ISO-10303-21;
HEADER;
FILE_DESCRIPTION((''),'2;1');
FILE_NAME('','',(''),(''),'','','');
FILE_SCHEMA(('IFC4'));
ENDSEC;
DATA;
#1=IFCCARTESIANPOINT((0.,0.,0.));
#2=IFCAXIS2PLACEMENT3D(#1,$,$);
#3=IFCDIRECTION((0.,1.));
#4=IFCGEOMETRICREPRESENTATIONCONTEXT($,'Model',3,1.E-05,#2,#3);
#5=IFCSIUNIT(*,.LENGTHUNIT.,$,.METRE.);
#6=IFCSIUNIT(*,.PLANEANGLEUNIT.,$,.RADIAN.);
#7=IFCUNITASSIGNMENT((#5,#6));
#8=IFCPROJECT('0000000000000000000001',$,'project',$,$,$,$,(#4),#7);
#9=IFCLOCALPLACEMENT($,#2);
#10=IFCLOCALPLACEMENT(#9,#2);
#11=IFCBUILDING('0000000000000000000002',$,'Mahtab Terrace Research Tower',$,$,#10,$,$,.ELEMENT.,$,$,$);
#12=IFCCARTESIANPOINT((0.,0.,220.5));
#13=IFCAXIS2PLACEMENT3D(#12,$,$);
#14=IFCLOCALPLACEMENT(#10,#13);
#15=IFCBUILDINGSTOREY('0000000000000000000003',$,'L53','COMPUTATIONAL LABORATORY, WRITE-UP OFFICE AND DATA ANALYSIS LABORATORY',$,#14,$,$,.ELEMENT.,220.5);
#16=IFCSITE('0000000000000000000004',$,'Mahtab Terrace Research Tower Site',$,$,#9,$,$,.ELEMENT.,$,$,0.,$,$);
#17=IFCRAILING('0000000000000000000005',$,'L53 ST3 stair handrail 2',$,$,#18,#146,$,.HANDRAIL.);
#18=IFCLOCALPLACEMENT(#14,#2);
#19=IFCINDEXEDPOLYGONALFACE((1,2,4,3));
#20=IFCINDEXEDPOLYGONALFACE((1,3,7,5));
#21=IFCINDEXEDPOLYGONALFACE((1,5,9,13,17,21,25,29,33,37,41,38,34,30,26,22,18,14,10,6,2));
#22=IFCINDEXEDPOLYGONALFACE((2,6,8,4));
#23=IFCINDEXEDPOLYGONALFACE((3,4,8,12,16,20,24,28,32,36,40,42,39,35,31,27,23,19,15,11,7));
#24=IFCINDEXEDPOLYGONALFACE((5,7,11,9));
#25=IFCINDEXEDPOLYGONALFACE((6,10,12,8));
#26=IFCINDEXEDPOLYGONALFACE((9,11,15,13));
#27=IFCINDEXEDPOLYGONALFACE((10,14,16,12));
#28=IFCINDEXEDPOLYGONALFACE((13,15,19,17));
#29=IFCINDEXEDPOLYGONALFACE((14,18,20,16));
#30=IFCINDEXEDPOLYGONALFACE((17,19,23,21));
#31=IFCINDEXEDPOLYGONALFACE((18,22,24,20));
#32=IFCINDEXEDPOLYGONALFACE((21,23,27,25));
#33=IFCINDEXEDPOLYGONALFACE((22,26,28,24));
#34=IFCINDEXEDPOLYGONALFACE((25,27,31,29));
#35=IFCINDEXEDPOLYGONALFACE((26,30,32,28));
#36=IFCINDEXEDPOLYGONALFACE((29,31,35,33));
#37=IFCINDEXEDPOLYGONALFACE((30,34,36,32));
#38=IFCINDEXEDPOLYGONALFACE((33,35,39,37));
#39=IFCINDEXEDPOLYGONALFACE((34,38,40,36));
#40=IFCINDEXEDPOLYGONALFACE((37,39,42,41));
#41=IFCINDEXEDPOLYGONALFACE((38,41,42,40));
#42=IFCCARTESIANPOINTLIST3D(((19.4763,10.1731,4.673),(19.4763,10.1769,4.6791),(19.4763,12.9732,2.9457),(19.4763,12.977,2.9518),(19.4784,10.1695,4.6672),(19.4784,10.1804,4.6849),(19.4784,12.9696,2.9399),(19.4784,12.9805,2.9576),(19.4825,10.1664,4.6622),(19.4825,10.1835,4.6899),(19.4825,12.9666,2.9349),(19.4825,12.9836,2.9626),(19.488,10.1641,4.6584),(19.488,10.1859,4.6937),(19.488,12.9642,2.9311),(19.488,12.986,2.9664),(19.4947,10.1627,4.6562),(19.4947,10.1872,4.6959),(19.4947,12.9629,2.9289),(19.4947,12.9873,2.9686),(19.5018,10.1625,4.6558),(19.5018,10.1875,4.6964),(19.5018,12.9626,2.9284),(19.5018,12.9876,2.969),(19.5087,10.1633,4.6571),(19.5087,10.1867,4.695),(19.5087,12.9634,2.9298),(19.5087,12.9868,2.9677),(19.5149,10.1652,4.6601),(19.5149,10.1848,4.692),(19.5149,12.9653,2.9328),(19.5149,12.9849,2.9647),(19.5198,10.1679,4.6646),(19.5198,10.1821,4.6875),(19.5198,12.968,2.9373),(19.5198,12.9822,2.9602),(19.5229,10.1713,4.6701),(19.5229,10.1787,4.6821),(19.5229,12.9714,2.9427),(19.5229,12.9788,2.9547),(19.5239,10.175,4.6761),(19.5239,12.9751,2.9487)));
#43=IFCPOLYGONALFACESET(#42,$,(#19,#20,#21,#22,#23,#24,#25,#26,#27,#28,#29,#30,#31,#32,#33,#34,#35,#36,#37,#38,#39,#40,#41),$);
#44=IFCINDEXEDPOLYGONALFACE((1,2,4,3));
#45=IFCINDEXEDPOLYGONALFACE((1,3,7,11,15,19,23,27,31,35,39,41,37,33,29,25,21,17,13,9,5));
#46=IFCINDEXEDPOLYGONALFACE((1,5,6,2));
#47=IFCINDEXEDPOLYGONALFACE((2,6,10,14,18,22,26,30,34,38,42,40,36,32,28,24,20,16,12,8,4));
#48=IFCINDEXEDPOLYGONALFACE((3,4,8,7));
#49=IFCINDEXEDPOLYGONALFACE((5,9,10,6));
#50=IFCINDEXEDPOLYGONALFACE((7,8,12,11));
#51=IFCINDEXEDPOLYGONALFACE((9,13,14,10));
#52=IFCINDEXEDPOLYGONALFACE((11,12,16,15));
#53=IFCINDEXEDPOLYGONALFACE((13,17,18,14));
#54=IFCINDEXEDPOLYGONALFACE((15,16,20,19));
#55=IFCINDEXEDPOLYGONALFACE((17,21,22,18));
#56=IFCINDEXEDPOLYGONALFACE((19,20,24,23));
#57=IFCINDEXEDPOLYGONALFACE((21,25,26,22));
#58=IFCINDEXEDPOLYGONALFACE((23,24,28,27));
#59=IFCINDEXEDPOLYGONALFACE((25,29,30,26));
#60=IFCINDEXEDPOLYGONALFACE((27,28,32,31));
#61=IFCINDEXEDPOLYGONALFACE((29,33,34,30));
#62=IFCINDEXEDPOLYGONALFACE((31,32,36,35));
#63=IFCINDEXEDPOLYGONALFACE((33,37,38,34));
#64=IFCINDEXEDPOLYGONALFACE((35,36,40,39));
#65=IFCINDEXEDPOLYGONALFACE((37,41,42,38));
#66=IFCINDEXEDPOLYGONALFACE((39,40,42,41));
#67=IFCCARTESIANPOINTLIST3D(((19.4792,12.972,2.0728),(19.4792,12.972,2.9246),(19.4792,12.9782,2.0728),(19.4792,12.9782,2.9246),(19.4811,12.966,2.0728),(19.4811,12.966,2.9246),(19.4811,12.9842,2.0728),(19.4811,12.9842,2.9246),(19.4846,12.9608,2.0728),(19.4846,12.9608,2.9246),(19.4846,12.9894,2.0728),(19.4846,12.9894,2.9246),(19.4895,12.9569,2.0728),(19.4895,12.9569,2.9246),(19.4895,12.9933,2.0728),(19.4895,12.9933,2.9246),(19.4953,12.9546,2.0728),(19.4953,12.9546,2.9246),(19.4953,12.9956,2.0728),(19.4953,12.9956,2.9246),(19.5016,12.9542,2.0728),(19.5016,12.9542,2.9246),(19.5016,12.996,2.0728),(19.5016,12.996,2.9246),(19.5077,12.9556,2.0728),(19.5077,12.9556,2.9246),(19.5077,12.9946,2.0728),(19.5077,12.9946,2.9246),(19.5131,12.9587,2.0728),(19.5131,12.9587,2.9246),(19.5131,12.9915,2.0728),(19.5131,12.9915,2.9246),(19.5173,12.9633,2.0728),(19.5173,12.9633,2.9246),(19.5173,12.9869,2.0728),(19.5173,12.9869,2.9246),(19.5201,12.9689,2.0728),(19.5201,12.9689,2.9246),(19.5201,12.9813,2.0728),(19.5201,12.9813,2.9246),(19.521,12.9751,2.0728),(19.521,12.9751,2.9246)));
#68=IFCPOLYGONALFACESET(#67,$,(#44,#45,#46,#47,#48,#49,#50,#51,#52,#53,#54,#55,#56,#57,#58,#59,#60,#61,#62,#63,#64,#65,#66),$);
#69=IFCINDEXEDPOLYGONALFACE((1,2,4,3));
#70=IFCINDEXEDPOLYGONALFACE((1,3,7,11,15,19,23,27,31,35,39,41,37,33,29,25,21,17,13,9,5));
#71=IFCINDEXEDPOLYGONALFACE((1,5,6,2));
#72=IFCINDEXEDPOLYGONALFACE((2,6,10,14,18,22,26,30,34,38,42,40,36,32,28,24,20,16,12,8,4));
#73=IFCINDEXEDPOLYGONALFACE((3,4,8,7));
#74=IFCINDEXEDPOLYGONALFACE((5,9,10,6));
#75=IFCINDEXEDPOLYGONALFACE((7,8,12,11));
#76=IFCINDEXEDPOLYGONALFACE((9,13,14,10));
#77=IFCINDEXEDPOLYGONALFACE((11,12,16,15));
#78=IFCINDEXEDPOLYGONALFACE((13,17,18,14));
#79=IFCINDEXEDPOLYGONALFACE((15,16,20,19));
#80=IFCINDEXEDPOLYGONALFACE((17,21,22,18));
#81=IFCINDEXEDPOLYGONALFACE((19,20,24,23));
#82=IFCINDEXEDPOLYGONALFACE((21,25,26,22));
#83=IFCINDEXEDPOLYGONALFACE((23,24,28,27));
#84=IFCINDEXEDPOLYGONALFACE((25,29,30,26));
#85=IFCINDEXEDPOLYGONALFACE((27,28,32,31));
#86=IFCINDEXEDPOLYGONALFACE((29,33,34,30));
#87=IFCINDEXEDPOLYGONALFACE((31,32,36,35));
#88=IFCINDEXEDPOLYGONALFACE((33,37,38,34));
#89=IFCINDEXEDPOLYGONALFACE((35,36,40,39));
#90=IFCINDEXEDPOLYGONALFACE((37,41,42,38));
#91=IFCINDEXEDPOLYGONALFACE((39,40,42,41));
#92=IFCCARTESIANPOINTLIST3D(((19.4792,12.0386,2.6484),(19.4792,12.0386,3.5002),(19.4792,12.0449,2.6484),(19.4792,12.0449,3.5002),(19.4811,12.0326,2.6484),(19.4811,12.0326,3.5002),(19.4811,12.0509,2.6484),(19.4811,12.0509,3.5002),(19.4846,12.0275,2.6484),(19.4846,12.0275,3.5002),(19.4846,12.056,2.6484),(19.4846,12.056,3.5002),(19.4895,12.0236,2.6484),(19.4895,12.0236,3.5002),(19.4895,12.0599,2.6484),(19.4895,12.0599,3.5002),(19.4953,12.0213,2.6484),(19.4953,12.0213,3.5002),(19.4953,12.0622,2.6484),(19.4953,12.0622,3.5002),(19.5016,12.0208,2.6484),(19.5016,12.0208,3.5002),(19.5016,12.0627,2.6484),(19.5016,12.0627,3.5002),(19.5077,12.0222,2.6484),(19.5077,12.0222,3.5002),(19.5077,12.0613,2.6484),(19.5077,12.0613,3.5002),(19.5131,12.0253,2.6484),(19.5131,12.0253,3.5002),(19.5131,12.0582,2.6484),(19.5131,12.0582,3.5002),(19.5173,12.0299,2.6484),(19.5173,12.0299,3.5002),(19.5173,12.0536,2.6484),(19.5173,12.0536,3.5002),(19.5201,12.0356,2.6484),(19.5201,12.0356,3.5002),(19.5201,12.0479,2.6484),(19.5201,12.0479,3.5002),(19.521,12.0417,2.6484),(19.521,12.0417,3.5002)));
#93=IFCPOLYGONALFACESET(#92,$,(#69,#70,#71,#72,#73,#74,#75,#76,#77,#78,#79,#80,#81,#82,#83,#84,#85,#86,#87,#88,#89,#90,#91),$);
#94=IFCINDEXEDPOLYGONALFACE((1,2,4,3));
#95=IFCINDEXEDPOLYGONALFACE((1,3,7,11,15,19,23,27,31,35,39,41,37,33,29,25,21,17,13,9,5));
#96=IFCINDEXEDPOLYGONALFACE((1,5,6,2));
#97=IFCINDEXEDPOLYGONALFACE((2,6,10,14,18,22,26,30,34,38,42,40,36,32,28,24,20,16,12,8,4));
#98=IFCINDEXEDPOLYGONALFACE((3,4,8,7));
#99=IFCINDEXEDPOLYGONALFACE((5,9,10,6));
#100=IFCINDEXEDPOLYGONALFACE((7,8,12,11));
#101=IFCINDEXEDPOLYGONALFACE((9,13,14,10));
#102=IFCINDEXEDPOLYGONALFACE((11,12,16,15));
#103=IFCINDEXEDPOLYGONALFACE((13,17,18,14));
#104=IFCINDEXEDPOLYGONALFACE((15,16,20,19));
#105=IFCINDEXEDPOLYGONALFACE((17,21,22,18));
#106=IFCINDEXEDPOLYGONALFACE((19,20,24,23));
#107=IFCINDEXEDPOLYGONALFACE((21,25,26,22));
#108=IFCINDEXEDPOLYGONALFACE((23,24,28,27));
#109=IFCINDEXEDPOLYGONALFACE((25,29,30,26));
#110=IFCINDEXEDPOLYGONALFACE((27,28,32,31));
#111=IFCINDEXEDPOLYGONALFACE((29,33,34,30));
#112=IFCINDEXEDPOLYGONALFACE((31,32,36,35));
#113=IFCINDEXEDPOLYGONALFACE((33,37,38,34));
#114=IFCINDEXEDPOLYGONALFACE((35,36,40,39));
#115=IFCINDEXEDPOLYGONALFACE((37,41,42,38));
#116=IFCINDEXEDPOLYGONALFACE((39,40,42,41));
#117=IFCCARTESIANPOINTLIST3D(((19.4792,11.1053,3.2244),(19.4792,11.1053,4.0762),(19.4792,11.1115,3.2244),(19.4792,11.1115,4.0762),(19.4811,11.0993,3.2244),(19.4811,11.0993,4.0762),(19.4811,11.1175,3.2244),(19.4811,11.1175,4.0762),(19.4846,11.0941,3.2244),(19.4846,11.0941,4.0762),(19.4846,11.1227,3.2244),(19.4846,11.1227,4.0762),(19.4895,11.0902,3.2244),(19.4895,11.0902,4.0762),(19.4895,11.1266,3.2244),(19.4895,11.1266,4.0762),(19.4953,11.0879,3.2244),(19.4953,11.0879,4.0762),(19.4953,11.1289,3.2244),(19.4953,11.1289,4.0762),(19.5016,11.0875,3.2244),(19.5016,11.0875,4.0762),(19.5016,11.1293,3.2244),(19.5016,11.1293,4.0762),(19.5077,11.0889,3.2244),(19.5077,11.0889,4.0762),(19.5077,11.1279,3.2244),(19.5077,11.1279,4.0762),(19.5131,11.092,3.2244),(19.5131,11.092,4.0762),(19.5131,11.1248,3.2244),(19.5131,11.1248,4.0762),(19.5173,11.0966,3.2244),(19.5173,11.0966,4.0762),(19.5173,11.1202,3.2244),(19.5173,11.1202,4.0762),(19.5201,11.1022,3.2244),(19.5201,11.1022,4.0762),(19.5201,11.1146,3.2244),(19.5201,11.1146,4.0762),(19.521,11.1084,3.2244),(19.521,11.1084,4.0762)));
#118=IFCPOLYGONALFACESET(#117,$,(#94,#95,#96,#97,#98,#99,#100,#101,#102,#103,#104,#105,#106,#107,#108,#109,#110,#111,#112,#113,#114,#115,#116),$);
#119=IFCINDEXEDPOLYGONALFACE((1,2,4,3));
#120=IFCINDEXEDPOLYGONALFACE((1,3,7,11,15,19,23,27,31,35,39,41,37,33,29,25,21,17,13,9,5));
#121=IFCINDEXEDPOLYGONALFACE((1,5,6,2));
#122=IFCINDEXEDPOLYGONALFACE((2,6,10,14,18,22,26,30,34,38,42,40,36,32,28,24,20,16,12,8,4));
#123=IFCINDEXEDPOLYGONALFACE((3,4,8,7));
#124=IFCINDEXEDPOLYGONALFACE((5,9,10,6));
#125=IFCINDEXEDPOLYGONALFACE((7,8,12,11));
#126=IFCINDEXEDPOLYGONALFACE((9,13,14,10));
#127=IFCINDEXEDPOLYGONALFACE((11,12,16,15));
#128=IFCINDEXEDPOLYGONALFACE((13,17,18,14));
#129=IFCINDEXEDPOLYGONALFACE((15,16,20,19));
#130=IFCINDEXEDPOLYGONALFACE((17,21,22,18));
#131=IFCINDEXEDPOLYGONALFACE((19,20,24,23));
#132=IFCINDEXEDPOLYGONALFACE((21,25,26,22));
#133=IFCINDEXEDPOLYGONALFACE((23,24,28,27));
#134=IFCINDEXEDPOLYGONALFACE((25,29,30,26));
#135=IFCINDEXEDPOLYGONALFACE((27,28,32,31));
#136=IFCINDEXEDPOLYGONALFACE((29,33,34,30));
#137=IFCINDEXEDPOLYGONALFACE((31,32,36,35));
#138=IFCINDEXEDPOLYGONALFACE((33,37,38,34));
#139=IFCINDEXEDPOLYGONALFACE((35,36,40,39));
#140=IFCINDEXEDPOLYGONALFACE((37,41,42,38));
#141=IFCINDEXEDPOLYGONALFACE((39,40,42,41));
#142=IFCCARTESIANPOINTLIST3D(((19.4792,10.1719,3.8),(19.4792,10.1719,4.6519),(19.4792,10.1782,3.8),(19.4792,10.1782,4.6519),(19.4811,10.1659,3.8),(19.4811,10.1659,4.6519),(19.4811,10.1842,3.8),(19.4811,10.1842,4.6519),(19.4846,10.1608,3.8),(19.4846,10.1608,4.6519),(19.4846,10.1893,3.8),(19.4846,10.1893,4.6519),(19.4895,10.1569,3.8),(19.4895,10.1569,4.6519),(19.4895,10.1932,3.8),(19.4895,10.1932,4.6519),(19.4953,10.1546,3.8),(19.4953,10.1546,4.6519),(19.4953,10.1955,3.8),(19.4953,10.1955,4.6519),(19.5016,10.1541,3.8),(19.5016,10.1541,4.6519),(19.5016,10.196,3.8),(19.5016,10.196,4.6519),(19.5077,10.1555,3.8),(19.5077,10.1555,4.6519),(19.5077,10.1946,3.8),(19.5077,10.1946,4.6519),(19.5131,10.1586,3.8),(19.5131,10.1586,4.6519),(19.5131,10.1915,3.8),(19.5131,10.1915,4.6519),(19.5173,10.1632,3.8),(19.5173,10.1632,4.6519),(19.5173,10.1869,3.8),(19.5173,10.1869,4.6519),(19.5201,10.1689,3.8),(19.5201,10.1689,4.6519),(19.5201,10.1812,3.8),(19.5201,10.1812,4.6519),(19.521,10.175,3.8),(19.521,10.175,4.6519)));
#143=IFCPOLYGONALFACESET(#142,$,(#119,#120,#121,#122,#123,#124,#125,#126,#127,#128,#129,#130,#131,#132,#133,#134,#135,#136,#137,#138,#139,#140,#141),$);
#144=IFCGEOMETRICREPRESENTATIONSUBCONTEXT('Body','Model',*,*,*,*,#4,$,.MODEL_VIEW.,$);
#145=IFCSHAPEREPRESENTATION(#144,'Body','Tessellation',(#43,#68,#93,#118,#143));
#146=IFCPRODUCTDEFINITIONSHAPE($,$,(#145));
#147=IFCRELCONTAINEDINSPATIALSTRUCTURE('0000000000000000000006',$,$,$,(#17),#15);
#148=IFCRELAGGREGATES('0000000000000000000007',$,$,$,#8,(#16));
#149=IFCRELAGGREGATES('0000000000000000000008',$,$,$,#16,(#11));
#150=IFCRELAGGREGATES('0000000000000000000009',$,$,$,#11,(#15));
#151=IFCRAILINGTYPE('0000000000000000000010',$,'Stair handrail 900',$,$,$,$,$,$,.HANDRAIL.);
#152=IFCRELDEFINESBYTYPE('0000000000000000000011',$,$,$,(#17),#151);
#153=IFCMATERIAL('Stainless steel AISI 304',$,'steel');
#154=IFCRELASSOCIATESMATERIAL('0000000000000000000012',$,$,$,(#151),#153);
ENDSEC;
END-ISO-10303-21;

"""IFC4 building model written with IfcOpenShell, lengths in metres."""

from ifc_helpers import new_model, si_unit, direction, frame, origin, origin_2d, place, context, subcontext, project, spatial, circle, extrude, material, type_object, element, save


model = new_model("IFC4")

# Units and contexts
model_context = context("Model", 3, precision=1e-05, world=origin(), true_north=direction((0.0, 1.0)))
body_context = subcontext(model_context, "Body", "Model", "MODEL_VIEW")
ifc_project = project(units=[si_unit("LENGTHUNIT", "METRE"), si_unit("PLANEANGLEUNIT", "RADIAN")], contexts=[model_context])

# Site, building, storey
site_placement = place(None, origin())
site = spatial("IfcSite", under=ifc_project, at=site_placement, Name="Mahtab Terrace Research Tower Site", CompositionType="ELEMENT", RefElevation=0.0)
building_placement = place(site_placement, origin())
building = spatial("IfcBuilding", under=site, at=building_placement, Name="Mahtab Terrace Research Tower", CompositionType="ELEMENT")
storey_placement = place(building_placement, frame((0.0, 0.0, 220.5)))
storey = spatial("IfcBuildingStorey", under=building, at=storey_placement, Name="L53", Description="COMPUTATIONAL LABORATORY, WRITE-UP OFFICE AND DATA ANALYSIS LABORATORY", CompositionType="ELEMENT", Elevation=220.5)

# Railing
ifc_material_1 = material(Name="Stainless steel AISI 304", Category="steel")
railing_type_1 = type_object("IfcRailingType", Name="Stair handrail 900", PredefinedType="HANDRAIL", material=ifc_material_1)
railing_1_placement = place(storey_placement, frame((19.5, 12.9751, 2.0728)))
element("IfcRailing", 1, at=railing_1_placement, inside=storey, type_object=railing_type_1, Name="L53 ST3 stair handrail 2", PredefinedType="HANDRAIL", context=body_context, shape_type="SweptSolid", body=[
    extrude(circle(Radius=0.0239, at=origin_2d()), frame((0.0, 0.0, 0.876), z_axis=(0.0, -0.85109, 0.52502), x_axis=(1.0, 0.0, 0.0)), (0.0, 0.0, 1.0), 3.29),
    extrude(circle(Radius=0.021, at=origin_2d()), origin(), (0.0, 0.0, 1.0), 0.8518),
    extrude(circle(Radius=0.021, at=origin_2d()), frame((0.0, -0.9333, 0.5757)), (0.0, 0.0, 1.0), 0.8518),
    extrude(circle(Radius=0.021, at=origin_2d()), frame((0.0, -1.8667, 1.1516)), (0.0, 0.0, 1.0), 0.8518),
    extrude(circle(Radius=0.021, at=origin_2d()), frame((0.0, -2.8, 1.7273)), (0.0, 0.0, 1.0), 0.8518),
])

save(model, "model.ifc")
